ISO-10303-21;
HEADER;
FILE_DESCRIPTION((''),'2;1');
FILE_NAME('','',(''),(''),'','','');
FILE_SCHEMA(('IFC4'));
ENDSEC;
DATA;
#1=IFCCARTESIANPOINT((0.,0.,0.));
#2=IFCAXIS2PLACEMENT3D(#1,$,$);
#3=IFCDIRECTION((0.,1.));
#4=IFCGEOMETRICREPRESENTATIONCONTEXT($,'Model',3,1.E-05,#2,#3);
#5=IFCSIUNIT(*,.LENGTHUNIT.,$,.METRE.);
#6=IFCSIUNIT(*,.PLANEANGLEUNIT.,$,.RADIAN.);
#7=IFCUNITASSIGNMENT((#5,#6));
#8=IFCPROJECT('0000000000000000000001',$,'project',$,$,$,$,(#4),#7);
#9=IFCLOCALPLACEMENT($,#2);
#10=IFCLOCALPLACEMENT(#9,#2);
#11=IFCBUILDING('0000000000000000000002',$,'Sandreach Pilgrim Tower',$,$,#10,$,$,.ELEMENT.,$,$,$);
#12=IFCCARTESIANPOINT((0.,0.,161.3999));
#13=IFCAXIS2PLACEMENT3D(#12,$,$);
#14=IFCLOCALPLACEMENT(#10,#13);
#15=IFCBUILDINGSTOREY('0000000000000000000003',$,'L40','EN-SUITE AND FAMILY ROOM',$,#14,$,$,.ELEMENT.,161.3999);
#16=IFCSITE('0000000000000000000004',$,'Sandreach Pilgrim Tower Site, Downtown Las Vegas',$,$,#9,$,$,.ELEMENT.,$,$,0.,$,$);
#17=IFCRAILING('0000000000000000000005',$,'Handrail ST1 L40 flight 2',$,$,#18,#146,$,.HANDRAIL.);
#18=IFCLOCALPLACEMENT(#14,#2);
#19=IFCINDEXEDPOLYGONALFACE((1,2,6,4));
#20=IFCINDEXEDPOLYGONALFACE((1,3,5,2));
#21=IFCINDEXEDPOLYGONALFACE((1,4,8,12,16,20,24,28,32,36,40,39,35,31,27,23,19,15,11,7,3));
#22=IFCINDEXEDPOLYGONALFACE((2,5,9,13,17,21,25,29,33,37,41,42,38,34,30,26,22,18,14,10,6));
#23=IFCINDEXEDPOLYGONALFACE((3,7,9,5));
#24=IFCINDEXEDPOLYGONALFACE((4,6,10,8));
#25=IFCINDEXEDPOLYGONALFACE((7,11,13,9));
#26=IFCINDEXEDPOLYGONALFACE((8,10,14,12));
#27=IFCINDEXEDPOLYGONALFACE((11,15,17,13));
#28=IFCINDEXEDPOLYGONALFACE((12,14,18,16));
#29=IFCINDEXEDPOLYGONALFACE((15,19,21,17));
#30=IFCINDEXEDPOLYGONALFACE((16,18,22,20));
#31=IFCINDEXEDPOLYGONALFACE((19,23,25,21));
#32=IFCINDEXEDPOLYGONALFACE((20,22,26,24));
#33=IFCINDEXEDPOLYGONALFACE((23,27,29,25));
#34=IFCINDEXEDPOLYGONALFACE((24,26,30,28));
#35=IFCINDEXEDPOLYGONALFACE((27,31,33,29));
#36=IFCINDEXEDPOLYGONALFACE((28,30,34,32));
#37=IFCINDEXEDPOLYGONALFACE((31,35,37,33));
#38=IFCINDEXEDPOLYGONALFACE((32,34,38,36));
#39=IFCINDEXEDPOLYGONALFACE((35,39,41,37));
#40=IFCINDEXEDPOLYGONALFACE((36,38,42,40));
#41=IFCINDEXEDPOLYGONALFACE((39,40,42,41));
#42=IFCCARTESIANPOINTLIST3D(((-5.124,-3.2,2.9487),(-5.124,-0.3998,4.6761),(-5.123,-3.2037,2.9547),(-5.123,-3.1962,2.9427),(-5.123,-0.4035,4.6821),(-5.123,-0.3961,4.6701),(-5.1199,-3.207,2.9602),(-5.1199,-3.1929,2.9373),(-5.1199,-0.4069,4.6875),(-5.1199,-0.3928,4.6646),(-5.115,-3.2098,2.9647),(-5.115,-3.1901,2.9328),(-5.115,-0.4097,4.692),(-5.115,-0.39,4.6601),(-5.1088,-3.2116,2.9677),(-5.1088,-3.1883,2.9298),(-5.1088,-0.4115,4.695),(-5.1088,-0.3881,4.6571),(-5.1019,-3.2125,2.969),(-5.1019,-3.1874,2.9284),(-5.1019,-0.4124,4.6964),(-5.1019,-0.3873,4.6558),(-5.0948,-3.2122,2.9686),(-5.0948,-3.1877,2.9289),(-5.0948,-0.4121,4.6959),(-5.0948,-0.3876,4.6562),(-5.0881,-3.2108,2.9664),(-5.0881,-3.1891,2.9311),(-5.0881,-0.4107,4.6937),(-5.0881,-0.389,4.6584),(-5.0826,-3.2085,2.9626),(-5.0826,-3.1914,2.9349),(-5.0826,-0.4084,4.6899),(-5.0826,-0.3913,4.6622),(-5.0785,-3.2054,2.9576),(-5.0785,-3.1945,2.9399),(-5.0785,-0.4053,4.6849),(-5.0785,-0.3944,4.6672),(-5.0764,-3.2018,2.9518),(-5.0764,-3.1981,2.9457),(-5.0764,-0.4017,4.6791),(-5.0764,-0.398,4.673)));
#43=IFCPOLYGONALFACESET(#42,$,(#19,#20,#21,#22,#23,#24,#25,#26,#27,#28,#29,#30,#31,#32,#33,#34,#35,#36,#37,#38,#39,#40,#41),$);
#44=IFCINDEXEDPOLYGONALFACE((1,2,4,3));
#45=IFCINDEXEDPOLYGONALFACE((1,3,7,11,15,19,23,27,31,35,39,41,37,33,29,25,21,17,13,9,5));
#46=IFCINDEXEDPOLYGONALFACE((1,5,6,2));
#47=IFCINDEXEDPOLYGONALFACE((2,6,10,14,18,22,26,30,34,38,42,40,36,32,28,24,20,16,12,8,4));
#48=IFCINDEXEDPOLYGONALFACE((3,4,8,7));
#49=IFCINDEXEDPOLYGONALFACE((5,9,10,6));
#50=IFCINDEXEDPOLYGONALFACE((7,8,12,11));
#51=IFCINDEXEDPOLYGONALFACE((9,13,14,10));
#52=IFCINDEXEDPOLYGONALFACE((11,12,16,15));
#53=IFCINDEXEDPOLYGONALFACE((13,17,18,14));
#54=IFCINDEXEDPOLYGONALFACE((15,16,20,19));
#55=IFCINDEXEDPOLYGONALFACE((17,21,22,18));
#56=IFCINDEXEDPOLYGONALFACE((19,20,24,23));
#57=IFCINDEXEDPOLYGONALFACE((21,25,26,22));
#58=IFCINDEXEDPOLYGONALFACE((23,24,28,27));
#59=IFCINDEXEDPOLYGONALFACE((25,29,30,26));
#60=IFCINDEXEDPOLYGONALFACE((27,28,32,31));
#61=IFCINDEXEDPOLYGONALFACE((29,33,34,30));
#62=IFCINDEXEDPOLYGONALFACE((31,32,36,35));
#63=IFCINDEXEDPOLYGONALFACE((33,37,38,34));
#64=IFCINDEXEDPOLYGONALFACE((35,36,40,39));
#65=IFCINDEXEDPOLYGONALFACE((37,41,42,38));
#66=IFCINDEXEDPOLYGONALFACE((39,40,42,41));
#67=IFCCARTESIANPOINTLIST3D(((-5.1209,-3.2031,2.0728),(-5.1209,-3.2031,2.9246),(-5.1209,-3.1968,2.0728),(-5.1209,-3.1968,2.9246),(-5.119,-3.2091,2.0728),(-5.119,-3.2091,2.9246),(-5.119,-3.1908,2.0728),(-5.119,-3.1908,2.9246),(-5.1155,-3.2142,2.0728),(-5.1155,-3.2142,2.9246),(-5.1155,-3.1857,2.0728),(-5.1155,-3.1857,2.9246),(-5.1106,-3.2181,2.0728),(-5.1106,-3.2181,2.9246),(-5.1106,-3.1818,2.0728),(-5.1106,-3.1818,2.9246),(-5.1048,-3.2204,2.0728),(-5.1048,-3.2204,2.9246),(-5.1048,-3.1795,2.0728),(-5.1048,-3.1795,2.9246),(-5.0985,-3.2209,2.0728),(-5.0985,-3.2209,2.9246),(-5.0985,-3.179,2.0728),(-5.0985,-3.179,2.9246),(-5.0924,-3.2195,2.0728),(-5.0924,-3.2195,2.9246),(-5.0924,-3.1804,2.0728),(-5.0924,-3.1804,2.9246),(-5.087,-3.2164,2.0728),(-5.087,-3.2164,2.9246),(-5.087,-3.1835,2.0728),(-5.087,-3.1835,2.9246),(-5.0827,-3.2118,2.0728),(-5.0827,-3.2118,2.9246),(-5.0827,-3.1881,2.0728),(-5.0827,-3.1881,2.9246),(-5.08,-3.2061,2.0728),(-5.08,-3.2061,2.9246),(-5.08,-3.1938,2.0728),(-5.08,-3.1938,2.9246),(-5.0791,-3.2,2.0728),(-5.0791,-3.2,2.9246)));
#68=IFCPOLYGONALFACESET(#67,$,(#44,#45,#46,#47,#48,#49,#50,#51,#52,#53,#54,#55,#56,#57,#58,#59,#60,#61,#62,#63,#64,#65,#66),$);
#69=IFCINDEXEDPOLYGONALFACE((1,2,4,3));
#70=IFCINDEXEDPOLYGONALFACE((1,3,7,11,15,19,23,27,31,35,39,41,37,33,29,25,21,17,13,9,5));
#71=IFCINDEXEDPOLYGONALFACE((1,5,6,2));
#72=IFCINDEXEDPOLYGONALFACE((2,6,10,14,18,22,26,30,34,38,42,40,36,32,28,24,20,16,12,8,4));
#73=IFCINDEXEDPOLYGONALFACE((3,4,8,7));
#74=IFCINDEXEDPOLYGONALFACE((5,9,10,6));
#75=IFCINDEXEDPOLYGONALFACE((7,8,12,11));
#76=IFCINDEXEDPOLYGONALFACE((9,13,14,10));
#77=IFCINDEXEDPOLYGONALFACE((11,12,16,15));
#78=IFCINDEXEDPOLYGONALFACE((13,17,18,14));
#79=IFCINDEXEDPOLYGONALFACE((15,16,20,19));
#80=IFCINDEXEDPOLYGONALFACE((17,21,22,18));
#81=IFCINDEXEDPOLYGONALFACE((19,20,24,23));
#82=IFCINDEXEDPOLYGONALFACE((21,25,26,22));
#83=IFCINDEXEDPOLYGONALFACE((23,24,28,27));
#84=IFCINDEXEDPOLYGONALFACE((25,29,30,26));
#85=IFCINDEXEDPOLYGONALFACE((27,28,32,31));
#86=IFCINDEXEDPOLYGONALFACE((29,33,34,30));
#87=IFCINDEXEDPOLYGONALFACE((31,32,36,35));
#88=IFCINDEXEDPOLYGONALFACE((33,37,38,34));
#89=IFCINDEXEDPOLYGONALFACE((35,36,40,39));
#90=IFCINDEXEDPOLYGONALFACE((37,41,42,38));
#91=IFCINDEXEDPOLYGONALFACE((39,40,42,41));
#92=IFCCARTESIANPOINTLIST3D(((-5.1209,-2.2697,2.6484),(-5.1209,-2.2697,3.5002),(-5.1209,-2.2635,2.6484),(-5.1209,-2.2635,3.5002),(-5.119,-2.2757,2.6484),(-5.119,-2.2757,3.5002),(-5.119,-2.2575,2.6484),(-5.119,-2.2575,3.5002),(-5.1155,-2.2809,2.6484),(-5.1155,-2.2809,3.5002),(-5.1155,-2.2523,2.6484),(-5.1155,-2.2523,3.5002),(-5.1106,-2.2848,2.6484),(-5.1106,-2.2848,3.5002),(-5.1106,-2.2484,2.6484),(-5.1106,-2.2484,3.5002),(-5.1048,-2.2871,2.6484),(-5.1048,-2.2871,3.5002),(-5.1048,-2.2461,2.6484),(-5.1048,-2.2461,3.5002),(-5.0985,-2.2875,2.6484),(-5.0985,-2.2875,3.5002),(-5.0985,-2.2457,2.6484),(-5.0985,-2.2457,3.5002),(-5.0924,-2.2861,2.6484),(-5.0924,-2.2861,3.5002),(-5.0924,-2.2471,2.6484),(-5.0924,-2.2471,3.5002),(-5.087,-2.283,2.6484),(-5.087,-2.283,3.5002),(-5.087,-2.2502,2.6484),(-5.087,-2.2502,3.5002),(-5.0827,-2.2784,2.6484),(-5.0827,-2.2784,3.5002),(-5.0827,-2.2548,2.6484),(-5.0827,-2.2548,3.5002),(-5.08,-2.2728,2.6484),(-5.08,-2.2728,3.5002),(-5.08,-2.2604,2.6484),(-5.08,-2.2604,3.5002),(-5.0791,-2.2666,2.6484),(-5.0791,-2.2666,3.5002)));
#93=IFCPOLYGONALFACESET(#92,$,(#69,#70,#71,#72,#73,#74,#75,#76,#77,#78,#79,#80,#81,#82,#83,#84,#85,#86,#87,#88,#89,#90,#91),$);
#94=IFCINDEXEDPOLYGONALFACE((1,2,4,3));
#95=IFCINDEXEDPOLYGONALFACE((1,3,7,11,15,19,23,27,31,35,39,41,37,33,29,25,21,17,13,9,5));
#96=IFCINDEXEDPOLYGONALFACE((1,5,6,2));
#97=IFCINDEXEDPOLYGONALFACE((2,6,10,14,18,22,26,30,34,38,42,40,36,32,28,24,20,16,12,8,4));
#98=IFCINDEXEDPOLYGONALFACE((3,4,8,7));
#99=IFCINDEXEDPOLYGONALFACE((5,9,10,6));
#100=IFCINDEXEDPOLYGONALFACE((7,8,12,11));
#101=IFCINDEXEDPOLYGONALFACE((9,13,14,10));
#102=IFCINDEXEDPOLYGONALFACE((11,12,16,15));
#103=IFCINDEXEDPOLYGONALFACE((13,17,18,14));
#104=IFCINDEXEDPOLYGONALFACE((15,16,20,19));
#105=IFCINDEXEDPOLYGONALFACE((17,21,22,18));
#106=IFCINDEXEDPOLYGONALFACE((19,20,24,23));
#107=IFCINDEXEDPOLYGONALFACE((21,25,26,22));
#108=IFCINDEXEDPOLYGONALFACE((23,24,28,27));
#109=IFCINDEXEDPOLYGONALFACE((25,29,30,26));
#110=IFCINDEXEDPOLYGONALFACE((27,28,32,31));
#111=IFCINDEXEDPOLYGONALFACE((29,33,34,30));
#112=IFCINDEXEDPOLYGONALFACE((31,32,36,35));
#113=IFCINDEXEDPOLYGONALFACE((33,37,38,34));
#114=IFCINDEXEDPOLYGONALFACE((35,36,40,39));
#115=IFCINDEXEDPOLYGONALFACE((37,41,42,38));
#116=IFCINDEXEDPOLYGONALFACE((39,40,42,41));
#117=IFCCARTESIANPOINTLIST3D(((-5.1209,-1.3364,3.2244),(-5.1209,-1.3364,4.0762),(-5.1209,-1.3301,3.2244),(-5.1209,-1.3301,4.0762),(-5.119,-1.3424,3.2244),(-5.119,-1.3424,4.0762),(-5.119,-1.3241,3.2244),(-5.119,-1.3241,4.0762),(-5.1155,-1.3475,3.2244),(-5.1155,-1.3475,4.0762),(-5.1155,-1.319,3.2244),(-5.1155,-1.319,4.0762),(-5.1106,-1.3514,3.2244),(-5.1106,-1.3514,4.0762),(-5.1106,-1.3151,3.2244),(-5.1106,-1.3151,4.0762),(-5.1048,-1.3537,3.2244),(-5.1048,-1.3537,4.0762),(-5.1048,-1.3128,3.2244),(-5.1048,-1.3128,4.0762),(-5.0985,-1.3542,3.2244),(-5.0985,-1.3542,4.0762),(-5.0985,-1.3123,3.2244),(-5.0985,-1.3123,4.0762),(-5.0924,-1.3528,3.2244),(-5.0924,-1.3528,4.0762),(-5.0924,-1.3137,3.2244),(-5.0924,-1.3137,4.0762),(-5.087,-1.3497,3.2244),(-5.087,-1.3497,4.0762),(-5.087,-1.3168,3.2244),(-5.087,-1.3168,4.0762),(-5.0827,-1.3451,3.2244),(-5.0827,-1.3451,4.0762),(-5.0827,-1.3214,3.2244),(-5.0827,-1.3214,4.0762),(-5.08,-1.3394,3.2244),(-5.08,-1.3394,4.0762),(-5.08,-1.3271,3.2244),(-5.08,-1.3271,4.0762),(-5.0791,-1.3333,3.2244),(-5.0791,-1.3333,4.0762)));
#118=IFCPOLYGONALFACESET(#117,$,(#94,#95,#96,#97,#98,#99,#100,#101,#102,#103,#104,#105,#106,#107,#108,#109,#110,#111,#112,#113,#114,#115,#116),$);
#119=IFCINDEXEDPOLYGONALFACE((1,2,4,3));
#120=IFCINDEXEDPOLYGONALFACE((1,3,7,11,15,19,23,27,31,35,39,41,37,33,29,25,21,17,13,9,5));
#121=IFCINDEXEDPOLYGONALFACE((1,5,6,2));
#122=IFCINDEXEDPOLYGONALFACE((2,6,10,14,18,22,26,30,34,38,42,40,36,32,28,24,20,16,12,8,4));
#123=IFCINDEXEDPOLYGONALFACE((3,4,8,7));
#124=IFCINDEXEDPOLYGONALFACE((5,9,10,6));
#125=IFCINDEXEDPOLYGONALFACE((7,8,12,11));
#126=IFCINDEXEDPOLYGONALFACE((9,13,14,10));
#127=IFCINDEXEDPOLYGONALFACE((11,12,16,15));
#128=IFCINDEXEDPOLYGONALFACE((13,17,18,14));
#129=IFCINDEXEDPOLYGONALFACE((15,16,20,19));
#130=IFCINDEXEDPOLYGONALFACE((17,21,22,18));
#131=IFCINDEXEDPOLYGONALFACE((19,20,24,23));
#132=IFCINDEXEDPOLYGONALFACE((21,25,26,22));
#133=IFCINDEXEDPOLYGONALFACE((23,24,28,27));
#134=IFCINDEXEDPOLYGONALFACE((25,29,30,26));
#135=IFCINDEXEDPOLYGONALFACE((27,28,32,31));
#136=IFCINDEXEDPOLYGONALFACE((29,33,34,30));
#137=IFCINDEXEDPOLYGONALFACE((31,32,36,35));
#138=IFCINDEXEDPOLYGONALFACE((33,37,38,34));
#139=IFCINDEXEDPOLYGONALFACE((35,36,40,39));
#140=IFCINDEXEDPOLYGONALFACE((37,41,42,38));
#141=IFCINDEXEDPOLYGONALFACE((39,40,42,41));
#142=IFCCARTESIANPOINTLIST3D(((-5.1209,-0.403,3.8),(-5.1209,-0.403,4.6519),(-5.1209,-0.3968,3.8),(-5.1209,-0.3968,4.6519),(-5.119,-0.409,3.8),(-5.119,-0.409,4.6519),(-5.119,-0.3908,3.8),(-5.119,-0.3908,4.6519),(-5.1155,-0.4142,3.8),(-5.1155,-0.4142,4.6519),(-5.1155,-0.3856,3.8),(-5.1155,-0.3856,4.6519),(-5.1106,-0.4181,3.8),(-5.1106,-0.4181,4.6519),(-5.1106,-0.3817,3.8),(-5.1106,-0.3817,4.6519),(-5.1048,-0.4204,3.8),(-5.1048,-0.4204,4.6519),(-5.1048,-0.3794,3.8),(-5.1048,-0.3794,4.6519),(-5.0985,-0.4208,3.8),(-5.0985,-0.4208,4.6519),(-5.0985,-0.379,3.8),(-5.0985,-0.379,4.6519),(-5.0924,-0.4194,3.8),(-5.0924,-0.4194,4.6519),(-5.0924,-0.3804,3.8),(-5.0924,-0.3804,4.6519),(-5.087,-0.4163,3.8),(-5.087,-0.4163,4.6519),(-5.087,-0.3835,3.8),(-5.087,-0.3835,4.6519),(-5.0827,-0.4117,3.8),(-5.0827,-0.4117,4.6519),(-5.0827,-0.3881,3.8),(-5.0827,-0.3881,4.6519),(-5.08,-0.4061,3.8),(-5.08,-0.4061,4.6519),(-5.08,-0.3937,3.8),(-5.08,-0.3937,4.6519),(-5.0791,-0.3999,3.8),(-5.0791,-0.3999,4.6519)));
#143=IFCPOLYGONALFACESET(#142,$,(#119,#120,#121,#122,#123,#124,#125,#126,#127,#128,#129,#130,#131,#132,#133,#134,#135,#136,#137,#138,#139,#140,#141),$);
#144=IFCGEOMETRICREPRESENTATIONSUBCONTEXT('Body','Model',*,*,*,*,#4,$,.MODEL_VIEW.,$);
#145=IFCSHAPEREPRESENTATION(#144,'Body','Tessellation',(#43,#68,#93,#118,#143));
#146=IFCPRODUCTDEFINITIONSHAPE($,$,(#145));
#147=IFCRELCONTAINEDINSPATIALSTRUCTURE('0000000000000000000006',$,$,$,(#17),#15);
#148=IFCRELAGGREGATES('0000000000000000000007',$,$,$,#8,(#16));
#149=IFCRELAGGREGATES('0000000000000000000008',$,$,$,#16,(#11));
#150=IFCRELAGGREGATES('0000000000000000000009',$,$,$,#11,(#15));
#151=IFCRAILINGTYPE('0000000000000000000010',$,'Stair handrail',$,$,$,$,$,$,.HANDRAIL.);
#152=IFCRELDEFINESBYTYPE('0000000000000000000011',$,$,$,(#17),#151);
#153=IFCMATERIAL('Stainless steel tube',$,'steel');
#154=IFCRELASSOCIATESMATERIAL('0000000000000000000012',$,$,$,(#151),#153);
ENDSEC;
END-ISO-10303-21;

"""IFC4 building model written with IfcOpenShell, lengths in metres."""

from ifc_helpers import new_model, si_unit, direction, frame, origin, origin_2d, place, context, subcontext, project, spatial, circle, extrude, material, type_object, element, save


model = new_model("IFC4")

# Units and contexts
model_context = context("Model", 3, precision=1e-05, world=origin(), true_north=direction((0.0, 1.0)))
body_context = subcontext(model_context, "Body", "Model", "MODEL_VIEW")
ifc_project = project(units=[si_unit("LENGTHUNIT", "METRE"), si_unit("PLANEANGLEUNIT", "RADIAN")], contexts=[model_context])

# Site, building, storey
site_placement = place(None, origin())
site = spatial("IfcSite", under=ifc_project, at=site_placement, Name="Sandreach Pilgrim Tower Site, Downtown Las Vegas", CompositionType="ELEMENT", RefElevation=0.0)
building_placement = place(site_placement, origin())
building = spatial("IfcBuilding", under=site, at=building_placement, Name="Sandreach Pilgrim Tower", CompositionType="ELEMENT")
storey_placement = place(building_placement, frame((0.0, 0.0, 161.3999)))
storey = spatial("IfcBuildingStorey", under=building, at=storey_placement, Name="L40", Description="EN-SUITE AND FAMILY ROOM", CompositionType="ELEMENT", Elevation=161.3999)

# Railing
ifc_material_1 = material(Name="Stainless steel tube", Category="steel")
railing_type = type_object("IfcRailingType", Name="Stair handrail", PredefinedType="HANDRAIL", material=ifc_material_1)
for number, where, name in (
    (1, (-5.1001, -3.2, 2.0728), "Handrail ST1 L40 flight 2"),
):
    element("IfcRailing", number, at=place(storey_placement, frame(where)), inside=storey, type_object=railing_type, Name=name, PredefinedType="HANDRAIL", context=body_context, shape_type="SweptSolid", body=[
        extrude(circle(Radius=0.0239, at=origin_2d()), frame((0.0, 0.0, 0.876), z_axis=(0.0, 0.85109, 0.52502), x_axis=(-1.0, 0.0, 0.0)), (0.0, 0.0, 1.0), 3.29),
        extrude(circle(Radius=0.021, at=origin_2d()), origin(), (0.0, 0.0, 1.0), 0.8518),
        extrude(circle(Radius=0.021, at=origin_2d()), frame((0.0, 0.9333, 0.5757)), (0.0, 0.0, 1.0), 0.8518),
        extrude(circle(Radius=0.021, at=origin_2d()), frame((0.0, 1.8667, 1.1516)), (0.0, 0.0, 1.0), 0.8518),
        extrude(circle(Radius=0.021, at=origin_2d()), frame((0.0, 2.8, 1.7273)), (0.0, 0.0, 1.0), 0.8518),
    ])

save(model, "model.ifc")
